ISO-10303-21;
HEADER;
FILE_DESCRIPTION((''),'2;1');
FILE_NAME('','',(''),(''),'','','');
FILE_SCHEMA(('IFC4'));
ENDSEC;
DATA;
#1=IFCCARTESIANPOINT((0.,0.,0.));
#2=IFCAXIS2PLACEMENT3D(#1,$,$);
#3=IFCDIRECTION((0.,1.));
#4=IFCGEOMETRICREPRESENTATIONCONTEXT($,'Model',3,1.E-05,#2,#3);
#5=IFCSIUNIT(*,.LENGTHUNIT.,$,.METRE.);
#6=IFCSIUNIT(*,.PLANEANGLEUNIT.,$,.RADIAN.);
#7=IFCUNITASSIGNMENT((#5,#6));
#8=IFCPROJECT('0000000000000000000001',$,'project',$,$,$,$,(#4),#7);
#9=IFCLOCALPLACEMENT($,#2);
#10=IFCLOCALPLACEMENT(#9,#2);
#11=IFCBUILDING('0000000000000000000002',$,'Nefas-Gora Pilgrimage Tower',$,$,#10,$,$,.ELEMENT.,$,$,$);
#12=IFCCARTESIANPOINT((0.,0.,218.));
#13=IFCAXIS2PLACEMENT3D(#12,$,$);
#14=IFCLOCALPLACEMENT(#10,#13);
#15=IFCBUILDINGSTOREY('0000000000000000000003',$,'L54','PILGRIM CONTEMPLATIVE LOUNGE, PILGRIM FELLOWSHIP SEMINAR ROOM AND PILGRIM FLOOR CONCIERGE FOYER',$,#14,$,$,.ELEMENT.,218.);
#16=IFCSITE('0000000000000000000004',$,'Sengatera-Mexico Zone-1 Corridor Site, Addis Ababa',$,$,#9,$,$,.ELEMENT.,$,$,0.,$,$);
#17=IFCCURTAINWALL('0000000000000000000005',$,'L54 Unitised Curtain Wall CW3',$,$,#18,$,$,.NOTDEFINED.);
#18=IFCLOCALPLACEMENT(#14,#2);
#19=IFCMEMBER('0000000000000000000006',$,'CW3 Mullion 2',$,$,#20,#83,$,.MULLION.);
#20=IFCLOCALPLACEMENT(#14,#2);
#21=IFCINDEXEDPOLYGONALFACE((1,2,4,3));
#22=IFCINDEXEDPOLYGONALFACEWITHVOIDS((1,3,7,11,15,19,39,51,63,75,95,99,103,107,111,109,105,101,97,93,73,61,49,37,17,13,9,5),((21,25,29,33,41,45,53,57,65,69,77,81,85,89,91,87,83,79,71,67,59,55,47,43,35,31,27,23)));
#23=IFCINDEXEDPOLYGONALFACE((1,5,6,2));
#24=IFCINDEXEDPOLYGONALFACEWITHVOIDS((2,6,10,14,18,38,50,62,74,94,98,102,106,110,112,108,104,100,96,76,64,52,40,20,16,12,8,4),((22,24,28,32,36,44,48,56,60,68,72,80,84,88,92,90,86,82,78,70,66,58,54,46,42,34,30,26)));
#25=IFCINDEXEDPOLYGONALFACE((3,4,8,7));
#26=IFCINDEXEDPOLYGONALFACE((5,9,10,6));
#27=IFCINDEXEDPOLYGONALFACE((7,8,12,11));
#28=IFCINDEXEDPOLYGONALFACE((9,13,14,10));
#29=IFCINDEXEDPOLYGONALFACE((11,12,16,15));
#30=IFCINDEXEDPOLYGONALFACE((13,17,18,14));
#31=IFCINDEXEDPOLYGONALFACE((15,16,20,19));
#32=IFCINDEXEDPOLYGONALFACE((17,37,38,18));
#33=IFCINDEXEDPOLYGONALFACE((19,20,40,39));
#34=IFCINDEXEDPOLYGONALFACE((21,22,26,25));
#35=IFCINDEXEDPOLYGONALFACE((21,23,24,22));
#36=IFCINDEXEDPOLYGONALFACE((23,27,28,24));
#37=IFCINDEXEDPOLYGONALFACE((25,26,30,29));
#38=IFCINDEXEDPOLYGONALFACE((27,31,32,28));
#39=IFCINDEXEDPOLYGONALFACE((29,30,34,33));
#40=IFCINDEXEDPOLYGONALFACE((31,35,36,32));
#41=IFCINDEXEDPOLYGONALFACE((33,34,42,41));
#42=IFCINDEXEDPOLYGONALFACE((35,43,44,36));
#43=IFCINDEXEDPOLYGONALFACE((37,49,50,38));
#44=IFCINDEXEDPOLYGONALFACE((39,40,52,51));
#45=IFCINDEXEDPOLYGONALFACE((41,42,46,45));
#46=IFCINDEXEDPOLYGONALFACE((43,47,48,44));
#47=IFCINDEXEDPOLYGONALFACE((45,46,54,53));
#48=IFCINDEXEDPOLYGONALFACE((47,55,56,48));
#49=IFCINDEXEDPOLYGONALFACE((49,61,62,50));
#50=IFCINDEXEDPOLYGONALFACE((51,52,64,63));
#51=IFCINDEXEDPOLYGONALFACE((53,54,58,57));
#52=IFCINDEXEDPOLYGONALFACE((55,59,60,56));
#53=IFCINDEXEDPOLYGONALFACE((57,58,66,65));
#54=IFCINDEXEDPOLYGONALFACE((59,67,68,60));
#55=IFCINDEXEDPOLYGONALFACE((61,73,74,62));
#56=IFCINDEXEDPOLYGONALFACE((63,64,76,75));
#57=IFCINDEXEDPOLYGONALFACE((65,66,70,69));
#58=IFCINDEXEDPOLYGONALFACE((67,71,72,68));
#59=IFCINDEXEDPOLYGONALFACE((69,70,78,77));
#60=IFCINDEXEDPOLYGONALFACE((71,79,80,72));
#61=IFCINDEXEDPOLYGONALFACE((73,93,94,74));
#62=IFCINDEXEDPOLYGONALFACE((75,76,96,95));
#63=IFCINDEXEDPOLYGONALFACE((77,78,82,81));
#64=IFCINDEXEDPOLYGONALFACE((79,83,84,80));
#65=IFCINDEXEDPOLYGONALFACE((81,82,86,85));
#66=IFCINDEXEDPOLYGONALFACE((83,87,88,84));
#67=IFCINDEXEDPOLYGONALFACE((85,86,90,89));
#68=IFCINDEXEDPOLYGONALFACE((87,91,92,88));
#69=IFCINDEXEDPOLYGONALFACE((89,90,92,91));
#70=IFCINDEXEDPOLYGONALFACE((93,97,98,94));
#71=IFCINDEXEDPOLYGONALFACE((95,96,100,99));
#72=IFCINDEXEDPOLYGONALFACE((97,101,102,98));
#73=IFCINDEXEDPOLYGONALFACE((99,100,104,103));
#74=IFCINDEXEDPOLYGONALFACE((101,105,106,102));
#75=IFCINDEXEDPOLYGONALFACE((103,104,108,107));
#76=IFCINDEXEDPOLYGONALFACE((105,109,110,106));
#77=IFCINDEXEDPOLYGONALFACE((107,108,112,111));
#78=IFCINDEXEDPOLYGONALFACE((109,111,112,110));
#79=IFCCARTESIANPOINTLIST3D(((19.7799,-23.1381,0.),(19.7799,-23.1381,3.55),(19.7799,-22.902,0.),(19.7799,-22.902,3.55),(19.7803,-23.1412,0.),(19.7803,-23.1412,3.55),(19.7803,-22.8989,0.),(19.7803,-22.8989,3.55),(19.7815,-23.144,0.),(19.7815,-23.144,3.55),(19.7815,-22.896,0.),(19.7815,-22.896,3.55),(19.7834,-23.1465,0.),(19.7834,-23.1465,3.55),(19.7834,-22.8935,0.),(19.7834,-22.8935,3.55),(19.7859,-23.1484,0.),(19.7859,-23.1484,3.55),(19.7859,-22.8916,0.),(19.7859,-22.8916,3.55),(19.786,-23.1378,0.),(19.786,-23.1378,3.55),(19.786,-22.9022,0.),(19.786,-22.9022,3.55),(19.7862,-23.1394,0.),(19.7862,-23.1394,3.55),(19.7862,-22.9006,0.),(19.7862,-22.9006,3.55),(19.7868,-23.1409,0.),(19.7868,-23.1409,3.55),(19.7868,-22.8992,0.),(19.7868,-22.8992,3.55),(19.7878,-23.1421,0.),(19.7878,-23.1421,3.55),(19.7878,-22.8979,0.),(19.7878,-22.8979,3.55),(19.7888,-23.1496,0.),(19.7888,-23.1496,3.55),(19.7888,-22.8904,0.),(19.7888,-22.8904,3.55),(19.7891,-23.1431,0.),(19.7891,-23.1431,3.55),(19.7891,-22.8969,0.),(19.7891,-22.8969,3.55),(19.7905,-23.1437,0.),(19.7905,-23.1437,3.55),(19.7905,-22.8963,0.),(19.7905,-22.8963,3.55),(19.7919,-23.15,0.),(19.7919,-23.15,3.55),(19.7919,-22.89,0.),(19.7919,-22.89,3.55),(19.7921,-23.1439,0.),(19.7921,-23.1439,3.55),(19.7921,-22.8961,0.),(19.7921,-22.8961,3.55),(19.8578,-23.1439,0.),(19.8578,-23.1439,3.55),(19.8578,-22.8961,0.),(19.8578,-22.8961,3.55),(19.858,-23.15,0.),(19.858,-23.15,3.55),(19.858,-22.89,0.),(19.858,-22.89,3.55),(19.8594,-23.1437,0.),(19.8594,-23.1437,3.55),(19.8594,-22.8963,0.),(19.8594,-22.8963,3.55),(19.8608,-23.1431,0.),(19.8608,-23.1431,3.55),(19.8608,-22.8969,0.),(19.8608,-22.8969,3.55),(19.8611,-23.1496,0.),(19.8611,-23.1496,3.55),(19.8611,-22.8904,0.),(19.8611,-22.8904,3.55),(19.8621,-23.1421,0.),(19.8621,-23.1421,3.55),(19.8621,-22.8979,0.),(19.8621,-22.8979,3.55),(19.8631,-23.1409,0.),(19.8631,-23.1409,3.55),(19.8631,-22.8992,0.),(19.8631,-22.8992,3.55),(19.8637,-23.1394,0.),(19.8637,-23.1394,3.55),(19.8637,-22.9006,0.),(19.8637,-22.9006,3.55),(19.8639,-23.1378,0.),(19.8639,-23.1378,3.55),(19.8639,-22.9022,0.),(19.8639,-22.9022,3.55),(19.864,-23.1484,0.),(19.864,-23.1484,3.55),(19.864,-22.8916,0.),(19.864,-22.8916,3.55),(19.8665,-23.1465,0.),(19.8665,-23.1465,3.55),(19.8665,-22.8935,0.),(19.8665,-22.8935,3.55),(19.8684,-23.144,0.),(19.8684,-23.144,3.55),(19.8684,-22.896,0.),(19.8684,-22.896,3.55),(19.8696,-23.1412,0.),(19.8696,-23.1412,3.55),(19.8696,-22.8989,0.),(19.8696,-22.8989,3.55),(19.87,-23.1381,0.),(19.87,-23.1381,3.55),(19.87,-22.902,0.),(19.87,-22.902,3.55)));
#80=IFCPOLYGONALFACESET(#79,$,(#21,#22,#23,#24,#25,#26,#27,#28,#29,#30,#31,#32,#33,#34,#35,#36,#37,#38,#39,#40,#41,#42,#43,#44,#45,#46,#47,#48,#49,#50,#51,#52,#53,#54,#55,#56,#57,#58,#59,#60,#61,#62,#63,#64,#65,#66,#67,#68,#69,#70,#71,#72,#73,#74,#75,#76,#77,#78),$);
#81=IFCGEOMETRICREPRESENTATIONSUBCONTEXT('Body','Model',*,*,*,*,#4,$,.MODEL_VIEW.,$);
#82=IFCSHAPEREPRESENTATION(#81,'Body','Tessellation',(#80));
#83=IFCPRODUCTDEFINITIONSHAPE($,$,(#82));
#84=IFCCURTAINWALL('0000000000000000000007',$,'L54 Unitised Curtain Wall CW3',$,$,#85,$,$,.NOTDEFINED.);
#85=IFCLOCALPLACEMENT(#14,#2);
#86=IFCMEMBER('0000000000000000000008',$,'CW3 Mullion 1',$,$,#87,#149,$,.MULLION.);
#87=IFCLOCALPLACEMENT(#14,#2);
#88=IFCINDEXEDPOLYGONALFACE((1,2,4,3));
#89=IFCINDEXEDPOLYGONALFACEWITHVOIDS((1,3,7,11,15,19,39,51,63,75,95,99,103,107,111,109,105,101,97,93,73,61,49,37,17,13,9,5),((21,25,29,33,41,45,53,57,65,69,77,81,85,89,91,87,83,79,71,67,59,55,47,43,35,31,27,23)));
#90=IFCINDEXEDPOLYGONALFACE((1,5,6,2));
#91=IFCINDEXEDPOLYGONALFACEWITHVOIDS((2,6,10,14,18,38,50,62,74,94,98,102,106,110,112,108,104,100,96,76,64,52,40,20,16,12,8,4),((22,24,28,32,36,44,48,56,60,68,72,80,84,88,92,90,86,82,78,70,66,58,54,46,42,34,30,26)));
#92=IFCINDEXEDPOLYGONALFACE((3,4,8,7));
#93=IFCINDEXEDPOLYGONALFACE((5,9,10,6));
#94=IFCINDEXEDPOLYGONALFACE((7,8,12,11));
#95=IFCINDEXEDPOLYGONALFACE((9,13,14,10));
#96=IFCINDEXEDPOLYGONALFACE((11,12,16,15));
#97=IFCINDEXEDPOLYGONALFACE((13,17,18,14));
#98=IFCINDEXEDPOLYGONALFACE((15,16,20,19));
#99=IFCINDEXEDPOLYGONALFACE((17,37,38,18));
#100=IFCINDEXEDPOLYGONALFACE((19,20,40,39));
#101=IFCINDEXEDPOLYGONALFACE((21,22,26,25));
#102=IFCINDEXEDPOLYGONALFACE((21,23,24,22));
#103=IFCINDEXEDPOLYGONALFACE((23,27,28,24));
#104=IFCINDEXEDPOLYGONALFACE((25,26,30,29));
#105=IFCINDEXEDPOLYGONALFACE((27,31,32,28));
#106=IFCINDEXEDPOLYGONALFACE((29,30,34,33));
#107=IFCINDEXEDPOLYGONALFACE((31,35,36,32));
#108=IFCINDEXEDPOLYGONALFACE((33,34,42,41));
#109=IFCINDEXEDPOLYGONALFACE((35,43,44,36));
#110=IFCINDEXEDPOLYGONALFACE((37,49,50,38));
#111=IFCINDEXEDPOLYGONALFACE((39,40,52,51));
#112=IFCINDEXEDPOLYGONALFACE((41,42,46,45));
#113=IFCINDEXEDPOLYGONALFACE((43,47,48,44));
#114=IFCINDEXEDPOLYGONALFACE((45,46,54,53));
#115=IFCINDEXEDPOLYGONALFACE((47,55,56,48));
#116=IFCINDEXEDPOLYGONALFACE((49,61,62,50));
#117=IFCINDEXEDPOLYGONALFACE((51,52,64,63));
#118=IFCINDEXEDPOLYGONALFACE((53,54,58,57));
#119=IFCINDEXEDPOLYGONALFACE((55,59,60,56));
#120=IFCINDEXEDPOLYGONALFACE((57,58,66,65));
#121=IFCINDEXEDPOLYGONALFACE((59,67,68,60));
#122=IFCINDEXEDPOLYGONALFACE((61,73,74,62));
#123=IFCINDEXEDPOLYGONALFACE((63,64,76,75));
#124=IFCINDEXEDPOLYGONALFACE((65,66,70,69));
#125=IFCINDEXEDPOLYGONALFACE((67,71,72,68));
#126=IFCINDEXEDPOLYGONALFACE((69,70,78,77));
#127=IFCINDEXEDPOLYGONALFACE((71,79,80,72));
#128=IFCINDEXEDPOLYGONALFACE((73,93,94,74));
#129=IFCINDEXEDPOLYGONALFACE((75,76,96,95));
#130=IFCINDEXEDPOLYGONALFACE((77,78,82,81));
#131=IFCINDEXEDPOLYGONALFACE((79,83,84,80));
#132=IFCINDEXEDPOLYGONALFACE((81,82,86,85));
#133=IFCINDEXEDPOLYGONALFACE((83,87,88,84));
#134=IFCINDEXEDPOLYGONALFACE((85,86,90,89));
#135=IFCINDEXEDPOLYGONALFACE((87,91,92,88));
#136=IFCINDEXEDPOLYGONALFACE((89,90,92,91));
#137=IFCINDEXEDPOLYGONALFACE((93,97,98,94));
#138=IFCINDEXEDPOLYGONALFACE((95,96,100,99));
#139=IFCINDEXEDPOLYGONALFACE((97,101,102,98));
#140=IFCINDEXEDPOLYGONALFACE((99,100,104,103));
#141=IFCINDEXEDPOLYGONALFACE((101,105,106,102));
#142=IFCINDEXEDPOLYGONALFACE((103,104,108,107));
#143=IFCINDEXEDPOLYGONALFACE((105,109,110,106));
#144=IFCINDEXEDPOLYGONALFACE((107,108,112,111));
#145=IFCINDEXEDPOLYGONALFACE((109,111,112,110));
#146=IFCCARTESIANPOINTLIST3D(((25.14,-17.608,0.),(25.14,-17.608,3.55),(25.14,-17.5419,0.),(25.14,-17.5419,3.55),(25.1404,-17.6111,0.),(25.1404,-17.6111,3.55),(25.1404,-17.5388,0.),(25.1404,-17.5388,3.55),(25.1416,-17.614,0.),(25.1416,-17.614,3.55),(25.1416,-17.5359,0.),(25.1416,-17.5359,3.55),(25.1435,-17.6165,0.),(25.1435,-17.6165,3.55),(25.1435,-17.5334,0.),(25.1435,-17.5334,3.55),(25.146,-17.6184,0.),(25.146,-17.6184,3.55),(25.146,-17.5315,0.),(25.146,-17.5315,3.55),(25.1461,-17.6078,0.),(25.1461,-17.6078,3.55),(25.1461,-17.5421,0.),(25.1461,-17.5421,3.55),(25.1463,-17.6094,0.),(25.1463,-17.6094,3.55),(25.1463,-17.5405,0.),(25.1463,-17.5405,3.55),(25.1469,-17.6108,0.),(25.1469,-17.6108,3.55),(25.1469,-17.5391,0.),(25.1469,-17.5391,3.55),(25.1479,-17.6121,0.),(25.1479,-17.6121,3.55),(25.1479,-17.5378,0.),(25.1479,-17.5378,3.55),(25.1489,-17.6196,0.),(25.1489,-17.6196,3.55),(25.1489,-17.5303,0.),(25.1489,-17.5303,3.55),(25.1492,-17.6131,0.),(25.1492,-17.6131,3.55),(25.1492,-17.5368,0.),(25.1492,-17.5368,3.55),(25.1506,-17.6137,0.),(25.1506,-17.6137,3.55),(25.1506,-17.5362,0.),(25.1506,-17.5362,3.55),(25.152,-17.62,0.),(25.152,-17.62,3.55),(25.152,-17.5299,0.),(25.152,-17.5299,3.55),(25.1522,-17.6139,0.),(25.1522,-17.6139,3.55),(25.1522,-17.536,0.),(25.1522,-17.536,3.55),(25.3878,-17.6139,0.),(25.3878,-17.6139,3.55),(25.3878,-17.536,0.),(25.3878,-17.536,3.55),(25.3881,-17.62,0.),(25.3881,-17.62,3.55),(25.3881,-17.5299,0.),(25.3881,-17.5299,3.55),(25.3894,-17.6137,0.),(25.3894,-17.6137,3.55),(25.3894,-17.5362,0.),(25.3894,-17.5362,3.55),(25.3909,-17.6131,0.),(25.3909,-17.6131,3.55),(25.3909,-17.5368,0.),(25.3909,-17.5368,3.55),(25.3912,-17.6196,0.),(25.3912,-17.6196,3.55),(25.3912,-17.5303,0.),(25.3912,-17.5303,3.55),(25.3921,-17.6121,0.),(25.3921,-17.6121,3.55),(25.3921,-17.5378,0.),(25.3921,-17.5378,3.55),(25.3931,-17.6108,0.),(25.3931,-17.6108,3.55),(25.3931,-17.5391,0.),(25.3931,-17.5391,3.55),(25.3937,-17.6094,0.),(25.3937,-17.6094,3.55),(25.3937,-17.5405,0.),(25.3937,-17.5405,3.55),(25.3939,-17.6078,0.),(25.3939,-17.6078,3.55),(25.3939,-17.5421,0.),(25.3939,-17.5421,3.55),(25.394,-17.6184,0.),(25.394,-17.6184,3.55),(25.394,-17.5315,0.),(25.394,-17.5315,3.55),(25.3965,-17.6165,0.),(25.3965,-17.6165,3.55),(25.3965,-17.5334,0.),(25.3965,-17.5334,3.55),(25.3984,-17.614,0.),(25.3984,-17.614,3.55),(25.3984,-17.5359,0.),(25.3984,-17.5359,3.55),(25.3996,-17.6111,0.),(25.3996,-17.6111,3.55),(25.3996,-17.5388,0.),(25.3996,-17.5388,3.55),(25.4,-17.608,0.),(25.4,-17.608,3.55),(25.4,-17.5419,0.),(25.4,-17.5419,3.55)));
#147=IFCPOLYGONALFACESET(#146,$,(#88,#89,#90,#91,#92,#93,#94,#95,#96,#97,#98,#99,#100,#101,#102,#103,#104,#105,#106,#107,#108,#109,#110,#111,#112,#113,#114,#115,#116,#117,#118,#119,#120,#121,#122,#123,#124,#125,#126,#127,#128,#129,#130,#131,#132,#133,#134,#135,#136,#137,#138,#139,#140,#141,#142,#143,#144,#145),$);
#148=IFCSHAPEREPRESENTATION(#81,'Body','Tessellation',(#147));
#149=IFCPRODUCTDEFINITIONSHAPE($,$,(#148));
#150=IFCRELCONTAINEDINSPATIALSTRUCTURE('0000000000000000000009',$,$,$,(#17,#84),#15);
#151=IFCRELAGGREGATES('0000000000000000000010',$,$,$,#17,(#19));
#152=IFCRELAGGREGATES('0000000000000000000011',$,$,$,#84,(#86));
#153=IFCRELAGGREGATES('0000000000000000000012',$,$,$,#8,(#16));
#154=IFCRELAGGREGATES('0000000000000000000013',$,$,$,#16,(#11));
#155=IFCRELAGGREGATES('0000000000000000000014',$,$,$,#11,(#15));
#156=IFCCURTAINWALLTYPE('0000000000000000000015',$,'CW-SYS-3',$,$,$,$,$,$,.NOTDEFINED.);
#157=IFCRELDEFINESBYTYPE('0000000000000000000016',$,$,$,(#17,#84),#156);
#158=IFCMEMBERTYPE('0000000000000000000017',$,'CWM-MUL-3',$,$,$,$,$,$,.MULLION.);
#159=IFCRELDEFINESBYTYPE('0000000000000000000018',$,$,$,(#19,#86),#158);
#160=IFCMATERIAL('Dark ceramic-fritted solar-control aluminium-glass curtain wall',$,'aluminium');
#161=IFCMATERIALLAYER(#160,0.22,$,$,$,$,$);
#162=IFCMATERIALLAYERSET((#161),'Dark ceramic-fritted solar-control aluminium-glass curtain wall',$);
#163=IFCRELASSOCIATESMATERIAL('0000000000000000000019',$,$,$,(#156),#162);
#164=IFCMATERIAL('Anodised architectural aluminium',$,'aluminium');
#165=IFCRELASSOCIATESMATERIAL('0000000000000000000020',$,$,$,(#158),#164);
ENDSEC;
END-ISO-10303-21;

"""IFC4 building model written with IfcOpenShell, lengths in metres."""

from ifc_helpers import new_model, si_unit, direction, frame, origin, origin_2d, place, context, subcontext, project, spatial, hollow_rectangle, extrude, source, transform, mapped, material, layer, layer_set, material_profile, profile_set, type_object, element, aggregate, save


model = new_model("IFC4")

# Units and contexts
model_context = context("Model", 3, precision=1e-05, world=origin(), true_north=direction((0.0, 1.0)))
body_context = subcontext(model_context, "Body", "Model", "MODEL_VIEW")
ifc_project = project(units=[si_unit("LENGTHUNIT", "METRE"), si_unit("PLANEANGLEUNIT", "RADIAN")], contexts=[model_context])

# Site, building, storey
site_placement = place(None, origin())
site = spatial("IfcSite", under=ifc_project, at=site_placement, Name="Sengatera-Mexico Zone-1 Corridor Site, Addis Ababa", CompositionType="ELEMENT", RefElevation=0.0)
building_placement = place(site_placement, origin())
building = spatial("IfcBuilding", under=site, at=building_placement, Name="Nefas-Gora Pilgrimage Tower", CompositionType="ELEMENT")
storey_placement = place(building_placement, frame((0.0, 0.0, 218.0)))
storey = spatial("IfcBuildingStorey", under=building, at=storey_placement, Name="L54", Description="PILGRIM CONTEMPLATIVE LOUNGE, PILGRIM FELLOWSHIP SEMINAR ROOM AND PILGRIM FLOOR CONCIERGE FOYER", CompositionType="ELEMENT", Elevation=218.0)

# Curtain wall, member
ifc_material_1 = material(Name="Dark ceramic-fritted solar-control aluminium-glass curtain wall", Category="aluminium")
ifc_layer_1 = layer(ifc_material_1, 0.22)
ifc_layer_set_1 = layer_set([ifc_layer_1], Name="Dark ceramic-fritted solar-control aluminium-glass curtain wall")
curtain_wall_type = type_object("IfcCurtainWallType", Name="CW-SYS-3", PredefinedType="NOTDEFINED", material=ifc_layer_set_1)
curtain_wall_1_placement = place(storey_placement, origin())
curtain_wall_1 = element("IfcCurtainWall", 1, at=curtain_wall_1_placement, inside=storey, type_object=curtain_wall_type, Name="L54 Unitised Curtain Wall CW3", PredefinedType="NOTDEFINED")
ifc_material_2 = material(Name="Anodised architectural aluminium", Category="aluminium")
ifc_material_profile_1 = material_profile(ifc_material_2, hollow_rectangle(XDim=0.0901, YDim=0.26, WallThickness=0.0061, InnerFilletRadius=0.0061, OuterFilletRadius=0.012, at=origin_2d()), Name="ALU MULLION 90x260")
ifc_profile_set_1 = profile_set([ifc_material_profile_1], Name="Anodised architectural aluminium")
member_type_1 = type_object("IfcMemberType", Name="CWM-MUL-3", PredefinedType="MULLION", material=ifc_profile_set_1)
shared_shape_1 = source(origin(), body_context, "Body", "SweptSolid", [
    extrude(hollow_rectangle(XDim=0.0901, YDim=0.26, WallThickness=0.0061, InnerFilletRadius=0.0061, OuterFilletRadius=0.012, at=origin_2d()), origin(), (0.0, 0.0, 1.0), 3.55),
])
member_1_placement = place(storey_placement, frame((19.825, -23.02, 0.0), z_axis=(0.0, 0.0, 1.0), x_axis=(1.0, 0.0, 0.0)))
member_1 = element("IfcMember", 2, at=member_1_placement, type_object=member_type_1, Name="CW3 Mullion 2", PredefinedType="MULLION", context=body_context, shape_type="MappedRepresentation", body=[
    mapped(shared_shape_1, transform((0.0, 0.0, 0.0), x_axis=(1.0, 0.0, 0.0), y_axis=(0.0, 1.0, 0.0), z_axis=(0.0, 0.0, 1.0), scale=1.0)),
])

# Curtain wall, member
curtain_wall_2_placement = place(storey_placement, origin())
curtain_wall_2 = element("IfcCurtainWall", 3, at=curtain_wall_2_placement, inside=storey, type_object=curtain_wall_type, Name="L54 Unitised Curtain Wall CW3", PredefinedType="NOTDEFINED")
member_2_placement = place(storey_placement, frame((25.27, -17.575, 0.0), z_axis=(0.0, 0.0, 1.0), x_axis=(0.0, 1.0, 0.0)))
member_2 = element("IfcMember", 4, at=member_2_placement, type_object=member_type_1, Name="CW3 Mullion 1", PredefinedType="MULLION", context=body_context, shape_type="MappedRepresentation", body=[
    mapped(shared_shape_1, transform((0.0, 0.0, 0.0), x_axis=(1.0, 0.0, 0.0), y_axis=(0.0, 1.0, 0.0), z_axis=(0.0, 0.0, 1.0), scale=1.0)),
])

aggregate(curtain_wall_1, [member_1])
aggregate(curtain_wall_2, [member_2])

save(model, "model.ifc")
